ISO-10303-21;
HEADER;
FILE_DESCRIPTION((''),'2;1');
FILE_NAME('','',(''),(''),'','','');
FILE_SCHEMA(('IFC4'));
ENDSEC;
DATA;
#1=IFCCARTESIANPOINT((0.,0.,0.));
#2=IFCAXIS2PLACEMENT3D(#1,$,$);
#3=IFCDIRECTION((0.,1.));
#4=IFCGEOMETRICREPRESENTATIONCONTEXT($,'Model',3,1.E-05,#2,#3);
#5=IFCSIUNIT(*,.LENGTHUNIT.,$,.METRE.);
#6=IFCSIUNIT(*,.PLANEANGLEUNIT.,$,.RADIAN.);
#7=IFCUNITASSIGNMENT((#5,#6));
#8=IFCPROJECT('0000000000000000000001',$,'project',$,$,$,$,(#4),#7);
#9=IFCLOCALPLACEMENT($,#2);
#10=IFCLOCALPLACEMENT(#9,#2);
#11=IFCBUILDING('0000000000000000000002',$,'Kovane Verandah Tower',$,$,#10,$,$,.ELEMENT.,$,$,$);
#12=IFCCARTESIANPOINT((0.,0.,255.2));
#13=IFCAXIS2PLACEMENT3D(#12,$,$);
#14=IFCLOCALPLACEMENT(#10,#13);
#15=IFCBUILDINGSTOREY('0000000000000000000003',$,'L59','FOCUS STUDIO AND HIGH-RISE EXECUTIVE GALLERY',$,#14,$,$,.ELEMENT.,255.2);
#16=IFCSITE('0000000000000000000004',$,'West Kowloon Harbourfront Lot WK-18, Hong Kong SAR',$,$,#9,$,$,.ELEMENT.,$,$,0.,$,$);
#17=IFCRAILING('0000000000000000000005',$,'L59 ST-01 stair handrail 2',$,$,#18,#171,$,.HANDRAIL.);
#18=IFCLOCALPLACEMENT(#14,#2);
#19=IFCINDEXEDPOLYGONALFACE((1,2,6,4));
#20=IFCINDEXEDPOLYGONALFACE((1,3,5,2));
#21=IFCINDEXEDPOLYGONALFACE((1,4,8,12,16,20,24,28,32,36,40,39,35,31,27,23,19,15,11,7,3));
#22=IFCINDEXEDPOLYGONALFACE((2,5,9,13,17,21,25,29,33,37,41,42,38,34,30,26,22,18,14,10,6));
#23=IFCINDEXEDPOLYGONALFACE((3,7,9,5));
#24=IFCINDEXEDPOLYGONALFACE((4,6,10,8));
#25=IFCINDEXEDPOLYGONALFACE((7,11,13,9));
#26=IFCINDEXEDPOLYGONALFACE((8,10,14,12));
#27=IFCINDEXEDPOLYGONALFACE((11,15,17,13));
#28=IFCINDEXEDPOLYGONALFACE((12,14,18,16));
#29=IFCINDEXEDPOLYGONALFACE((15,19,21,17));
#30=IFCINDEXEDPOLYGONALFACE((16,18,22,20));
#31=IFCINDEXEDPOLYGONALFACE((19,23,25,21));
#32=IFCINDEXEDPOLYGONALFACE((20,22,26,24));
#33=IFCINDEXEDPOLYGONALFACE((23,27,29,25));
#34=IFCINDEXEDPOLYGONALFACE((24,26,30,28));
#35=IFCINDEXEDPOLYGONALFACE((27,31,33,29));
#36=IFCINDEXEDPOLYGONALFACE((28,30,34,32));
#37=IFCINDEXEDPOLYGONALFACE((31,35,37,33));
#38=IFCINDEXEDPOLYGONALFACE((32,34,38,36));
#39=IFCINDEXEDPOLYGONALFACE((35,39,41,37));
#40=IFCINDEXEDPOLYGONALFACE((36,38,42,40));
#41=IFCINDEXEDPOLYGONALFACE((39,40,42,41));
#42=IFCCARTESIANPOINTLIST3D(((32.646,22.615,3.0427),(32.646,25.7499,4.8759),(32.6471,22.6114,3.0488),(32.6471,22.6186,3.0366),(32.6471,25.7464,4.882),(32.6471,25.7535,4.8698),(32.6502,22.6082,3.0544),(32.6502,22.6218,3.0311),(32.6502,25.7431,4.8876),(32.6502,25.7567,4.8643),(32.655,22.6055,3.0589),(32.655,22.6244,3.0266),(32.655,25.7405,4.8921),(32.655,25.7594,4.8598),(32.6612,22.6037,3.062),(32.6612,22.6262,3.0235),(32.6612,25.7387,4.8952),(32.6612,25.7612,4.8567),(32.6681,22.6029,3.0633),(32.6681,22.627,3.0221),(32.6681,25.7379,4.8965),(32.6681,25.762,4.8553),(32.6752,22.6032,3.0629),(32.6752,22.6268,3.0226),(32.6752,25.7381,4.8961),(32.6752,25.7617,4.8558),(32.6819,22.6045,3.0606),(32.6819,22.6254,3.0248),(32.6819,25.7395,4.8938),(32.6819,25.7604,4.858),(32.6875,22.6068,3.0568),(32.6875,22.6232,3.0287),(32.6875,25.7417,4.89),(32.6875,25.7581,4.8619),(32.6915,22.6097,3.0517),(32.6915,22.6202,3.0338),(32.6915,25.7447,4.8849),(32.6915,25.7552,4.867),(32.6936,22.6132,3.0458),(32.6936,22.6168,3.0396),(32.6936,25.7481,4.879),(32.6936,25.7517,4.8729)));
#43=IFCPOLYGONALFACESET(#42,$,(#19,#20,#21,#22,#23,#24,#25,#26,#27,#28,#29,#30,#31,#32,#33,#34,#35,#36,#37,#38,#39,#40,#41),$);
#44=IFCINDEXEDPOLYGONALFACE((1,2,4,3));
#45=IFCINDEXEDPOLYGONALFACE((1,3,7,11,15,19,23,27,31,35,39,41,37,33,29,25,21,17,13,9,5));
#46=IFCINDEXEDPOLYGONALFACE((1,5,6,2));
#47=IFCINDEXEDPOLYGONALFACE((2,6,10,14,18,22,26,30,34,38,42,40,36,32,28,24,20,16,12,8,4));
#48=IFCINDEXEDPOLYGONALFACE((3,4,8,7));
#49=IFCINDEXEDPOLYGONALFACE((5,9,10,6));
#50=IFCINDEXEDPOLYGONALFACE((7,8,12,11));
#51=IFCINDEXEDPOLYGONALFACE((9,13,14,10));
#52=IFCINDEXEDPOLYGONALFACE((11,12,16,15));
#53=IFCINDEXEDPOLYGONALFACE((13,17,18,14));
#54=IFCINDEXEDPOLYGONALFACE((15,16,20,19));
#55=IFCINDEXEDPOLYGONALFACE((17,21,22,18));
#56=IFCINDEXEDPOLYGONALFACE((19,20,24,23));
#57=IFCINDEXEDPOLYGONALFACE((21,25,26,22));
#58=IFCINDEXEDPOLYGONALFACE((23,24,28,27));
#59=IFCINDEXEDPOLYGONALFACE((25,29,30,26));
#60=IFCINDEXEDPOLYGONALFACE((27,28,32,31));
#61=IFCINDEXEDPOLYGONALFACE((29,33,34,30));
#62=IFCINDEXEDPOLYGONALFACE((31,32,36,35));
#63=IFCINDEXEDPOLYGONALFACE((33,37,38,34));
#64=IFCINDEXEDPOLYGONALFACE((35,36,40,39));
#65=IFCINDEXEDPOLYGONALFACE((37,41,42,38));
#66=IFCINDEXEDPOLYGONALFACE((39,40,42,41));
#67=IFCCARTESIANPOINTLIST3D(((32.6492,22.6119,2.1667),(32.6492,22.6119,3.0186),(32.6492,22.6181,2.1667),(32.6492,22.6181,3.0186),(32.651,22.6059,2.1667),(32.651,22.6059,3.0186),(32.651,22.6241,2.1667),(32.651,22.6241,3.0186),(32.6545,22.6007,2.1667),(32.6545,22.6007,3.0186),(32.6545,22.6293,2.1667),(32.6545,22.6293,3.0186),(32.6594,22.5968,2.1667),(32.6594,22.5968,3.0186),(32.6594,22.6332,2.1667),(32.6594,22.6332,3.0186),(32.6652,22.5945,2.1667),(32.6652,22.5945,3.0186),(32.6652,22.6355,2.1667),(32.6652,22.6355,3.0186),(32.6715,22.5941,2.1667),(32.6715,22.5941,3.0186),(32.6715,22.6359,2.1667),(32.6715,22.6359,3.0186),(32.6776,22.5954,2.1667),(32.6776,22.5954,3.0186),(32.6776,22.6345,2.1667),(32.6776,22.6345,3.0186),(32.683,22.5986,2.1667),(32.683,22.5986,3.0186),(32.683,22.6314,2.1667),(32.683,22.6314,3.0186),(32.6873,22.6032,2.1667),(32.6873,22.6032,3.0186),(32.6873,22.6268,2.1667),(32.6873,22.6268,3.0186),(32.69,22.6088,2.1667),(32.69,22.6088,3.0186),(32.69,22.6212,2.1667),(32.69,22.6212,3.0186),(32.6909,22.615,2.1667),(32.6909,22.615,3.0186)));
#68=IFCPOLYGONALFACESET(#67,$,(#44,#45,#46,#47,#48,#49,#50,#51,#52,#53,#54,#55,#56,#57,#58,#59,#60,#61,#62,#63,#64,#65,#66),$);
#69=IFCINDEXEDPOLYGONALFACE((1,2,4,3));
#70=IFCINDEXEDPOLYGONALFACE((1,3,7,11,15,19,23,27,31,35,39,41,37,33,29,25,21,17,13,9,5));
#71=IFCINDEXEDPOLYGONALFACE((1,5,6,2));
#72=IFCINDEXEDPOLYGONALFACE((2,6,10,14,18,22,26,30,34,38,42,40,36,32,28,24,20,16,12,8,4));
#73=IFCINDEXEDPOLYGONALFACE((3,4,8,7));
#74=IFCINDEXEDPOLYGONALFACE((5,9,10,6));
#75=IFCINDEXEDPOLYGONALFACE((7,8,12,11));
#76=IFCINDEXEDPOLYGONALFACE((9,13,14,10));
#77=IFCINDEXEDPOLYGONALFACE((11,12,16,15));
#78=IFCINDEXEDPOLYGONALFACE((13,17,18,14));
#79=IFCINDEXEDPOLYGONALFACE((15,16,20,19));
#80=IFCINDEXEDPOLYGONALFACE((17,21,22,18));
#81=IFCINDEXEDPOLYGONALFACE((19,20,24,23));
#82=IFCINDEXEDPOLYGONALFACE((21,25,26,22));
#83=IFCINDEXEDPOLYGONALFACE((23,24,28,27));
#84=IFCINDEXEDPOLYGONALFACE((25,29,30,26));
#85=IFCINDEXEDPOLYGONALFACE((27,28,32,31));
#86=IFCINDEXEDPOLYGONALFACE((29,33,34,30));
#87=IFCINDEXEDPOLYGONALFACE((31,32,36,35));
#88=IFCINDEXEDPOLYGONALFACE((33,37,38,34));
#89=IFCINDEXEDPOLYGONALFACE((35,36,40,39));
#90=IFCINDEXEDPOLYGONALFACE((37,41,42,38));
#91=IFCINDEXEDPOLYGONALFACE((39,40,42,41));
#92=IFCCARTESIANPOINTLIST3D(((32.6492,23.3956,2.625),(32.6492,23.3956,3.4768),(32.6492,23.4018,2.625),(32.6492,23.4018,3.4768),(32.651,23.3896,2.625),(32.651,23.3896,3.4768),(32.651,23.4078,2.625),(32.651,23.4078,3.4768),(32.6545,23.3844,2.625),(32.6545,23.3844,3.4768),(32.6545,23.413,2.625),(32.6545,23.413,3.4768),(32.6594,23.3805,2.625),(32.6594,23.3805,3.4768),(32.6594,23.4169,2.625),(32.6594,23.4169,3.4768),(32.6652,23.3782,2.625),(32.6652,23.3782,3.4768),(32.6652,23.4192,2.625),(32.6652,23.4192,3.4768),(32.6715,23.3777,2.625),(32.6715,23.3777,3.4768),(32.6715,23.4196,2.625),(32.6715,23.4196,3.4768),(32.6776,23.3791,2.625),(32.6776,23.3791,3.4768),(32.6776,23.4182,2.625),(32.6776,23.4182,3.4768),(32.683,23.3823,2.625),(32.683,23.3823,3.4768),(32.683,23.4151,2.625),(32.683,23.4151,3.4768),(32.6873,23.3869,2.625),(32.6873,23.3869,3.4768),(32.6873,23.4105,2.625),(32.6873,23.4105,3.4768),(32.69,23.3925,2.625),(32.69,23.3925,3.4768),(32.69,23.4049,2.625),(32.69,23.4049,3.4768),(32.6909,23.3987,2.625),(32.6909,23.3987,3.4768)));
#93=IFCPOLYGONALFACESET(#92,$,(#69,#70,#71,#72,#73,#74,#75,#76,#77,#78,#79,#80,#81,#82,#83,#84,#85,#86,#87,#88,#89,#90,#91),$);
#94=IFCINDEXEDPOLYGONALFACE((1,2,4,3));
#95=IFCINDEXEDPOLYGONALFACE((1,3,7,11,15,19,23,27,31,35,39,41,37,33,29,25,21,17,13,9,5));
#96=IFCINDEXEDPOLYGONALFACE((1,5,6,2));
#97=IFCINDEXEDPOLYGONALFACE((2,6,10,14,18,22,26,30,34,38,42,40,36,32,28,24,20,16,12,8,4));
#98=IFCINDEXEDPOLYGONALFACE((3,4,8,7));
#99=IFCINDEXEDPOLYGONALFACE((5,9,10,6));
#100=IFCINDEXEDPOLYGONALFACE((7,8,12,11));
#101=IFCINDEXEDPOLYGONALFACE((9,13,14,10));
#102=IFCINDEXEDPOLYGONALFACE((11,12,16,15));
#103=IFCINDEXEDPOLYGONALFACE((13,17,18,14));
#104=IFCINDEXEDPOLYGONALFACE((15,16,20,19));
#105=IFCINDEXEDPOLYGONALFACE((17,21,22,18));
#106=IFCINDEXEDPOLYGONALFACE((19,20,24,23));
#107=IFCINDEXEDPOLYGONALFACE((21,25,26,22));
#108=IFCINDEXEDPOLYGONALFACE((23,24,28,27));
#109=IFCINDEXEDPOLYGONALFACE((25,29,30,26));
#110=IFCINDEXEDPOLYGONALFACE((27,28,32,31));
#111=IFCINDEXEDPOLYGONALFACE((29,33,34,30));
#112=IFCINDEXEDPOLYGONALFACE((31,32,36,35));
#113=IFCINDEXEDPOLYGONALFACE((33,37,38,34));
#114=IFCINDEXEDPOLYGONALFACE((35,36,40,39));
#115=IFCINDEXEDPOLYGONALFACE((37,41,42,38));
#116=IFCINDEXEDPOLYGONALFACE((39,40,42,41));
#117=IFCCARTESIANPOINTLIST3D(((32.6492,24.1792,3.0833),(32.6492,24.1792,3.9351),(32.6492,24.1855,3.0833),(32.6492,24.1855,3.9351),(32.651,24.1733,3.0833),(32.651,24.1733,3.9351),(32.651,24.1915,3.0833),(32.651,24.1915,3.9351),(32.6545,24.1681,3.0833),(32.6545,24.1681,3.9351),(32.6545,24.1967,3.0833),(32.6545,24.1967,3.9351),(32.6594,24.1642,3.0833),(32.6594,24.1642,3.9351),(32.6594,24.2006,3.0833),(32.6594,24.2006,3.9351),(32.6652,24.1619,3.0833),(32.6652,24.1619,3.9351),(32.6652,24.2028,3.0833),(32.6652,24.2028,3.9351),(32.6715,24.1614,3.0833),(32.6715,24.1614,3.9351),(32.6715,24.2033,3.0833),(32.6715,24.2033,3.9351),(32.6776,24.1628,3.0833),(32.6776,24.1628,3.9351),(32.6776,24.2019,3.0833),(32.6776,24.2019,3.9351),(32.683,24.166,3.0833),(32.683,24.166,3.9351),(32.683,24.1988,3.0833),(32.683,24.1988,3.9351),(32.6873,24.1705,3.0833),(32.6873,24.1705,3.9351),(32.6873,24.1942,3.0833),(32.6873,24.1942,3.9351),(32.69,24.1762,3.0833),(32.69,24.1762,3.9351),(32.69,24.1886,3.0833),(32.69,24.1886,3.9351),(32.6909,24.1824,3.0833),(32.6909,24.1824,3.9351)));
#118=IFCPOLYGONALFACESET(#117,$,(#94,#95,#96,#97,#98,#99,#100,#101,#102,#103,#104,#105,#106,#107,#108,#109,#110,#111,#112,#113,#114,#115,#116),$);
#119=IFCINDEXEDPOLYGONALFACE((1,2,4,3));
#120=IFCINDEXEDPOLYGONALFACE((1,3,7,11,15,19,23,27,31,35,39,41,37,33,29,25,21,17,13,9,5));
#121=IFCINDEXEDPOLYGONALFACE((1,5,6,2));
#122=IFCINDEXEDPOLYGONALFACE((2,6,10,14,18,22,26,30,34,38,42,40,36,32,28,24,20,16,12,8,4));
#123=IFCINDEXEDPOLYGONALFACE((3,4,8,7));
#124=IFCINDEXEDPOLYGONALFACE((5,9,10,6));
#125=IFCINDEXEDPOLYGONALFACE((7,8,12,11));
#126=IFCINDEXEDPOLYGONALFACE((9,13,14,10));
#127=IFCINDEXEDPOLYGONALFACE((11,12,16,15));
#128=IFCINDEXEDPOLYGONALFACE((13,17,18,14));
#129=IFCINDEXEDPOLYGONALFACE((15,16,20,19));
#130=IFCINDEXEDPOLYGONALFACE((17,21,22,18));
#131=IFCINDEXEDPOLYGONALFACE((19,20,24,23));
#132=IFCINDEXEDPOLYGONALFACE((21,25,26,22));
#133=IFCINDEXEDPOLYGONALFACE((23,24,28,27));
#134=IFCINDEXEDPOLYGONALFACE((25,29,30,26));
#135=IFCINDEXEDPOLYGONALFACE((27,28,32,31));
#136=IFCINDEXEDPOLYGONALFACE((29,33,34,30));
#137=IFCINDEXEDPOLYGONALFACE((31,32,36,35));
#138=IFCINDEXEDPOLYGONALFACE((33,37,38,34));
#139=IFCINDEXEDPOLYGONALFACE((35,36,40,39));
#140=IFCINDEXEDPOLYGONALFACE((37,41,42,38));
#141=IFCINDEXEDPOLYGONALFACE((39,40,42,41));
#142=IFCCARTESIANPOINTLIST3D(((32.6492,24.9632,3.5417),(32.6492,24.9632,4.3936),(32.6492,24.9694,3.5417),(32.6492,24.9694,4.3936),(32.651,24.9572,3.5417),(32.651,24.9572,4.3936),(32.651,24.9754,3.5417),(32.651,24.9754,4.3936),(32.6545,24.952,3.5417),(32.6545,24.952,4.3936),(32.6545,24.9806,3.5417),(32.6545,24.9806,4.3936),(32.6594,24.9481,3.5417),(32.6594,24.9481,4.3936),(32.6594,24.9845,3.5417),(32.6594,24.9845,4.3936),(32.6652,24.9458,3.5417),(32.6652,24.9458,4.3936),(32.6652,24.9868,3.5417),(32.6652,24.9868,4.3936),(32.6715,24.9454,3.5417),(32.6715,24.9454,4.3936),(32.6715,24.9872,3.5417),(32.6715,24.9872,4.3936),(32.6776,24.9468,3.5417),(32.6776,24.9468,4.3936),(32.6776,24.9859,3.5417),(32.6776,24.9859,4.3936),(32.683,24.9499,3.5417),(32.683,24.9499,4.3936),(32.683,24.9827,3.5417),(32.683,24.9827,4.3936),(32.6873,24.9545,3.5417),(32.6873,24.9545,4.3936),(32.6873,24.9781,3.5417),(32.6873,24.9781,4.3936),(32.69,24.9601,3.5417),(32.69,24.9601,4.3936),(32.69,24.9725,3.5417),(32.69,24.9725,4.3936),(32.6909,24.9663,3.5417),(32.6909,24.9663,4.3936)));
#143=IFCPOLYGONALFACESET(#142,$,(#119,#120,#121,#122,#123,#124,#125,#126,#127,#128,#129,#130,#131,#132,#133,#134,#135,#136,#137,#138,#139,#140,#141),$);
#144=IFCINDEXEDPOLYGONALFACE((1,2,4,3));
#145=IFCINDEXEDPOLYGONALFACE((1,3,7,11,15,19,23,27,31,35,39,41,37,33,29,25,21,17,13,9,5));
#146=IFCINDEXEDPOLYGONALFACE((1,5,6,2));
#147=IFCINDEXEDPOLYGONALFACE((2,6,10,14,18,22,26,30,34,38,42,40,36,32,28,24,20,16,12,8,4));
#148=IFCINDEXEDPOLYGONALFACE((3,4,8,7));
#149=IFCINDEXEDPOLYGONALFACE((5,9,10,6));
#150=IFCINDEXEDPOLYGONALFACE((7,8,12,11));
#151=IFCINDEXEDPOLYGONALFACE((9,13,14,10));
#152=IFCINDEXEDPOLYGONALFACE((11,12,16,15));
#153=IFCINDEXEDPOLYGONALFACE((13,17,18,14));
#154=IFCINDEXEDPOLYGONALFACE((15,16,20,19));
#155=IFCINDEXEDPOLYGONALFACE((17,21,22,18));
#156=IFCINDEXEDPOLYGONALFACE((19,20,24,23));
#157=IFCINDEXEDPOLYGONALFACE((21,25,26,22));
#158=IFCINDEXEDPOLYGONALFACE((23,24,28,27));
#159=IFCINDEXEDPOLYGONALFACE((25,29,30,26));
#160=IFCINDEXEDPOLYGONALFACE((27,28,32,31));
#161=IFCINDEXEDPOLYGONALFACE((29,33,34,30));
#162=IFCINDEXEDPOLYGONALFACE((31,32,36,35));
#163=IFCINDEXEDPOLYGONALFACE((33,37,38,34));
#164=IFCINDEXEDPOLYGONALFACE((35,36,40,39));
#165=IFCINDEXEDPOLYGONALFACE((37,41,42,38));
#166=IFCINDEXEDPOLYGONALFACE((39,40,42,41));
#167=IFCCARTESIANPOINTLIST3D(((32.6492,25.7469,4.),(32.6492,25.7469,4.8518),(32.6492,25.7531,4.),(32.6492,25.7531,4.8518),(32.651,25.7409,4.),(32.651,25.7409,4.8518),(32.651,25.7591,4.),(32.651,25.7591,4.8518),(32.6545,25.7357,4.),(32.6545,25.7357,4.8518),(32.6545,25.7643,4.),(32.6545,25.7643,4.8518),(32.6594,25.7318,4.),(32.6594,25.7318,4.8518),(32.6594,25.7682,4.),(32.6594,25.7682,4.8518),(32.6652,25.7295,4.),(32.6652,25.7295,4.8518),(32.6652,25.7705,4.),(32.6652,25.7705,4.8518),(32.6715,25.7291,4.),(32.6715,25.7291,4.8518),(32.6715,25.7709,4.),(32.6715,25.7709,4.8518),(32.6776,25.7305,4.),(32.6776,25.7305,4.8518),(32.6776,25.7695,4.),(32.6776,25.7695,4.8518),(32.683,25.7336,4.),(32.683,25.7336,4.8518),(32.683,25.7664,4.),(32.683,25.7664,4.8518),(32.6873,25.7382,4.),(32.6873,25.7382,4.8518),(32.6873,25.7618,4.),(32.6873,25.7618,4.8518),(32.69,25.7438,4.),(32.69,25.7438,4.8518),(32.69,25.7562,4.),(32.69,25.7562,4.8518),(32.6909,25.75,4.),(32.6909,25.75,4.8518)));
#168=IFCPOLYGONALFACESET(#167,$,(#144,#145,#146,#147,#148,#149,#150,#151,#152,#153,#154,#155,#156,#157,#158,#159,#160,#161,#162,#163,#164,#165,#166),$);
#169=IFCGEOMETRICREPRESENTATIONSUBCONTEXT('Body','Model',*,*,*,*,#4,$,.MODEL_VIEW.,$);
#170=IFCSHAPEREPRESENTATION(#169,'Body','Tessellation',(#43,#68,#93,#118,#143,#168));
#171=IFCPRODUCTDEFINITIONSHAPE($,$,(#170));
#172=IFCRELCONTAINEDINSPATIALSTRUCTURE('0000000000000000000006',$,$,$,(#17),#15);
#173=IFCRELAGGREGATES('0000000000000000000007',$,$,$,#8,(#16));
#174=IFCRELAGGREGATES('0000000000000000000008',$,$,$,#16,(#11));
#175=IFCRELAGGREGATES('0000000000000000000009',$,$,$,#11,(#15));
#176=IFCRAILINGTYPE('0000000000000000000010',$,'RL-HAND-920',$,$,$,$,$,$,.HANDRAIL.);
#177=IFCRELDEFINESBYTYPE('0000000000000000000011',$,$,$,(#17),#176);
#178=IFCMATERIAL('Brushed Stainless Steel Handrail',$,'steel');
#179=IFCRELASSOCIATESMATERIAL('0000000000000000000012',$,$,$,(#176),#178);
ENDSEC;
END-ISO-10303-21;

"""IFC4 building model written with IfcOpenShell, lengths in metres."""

from ifc_helpers import new_model, si_unit, direction, frame, origin, origin_2d, place, context, subcontext, project, spatial, circle, extrude, material, type_object, element, save


model = new_model("IFC4")

# Units and contexts
model_context = context("Model", 3, precision=1e-05, world=origin(), true_north=direction((0.0, 1.0)))
body_context = subcontext(model_context, "Body", "Model", "MODEL_VIEW")
ifc_project = project(units=[si_unit("LENGTHUNIT", "METRE"), si_unit("PLANEANGLEUNIT", "RADIAN")], contexts=[model_context])

# Site, building, storey
site_placement = place(None, origin())
site = spatial("IfcSite", under=ifc_project, at=site_placement, Name="West Kowloon Harbourfront Lot WK-18, Hong Kong SAR", CompositionType="ELEMENT", RefElevation=0.0)
building_placement = place(site_placement, origin())
building = spatial("IfcBuilding", under=site, at=building_placement, Name="Kovane Verandah Tower", CompositionType="ELEMENT")
storey_placement = place(building_placement, frame((0.0, 0.0, 255.2)))
storey = spatial("IfcBuildingStorey", under=building, at=storey_placement, Name="L59", Description="FOCUS STUDIO AND HIGH-RISE EXECUTIVE GALLERY", CompositionType="ELEMENT", Elevation=255.2)

# Railing
ifc_material_1 = material(Name="Brushed Stainless Steel Handrail", Category="steel")
railing_type_1 = type_object("IfcRailingType", Name="RL-HAND-920", PredefinedType="HANDRAIL", material=ifc_material_1)
railing_1_placement = place(storey_placement, frame((32.6699, 22.615, 2.1667)))
element("IfcRailing", 1, at=railing_1_placement, inside=storey, type_object=railing_type_1, Name="L59 ST-01 stair handrail 2", PredefinedType="HANDRAIL", context=body_context, shape_type="SweptSolid", body=[
    extrude(circle(Radius=0.0239, at=origin_2d()), frame((0.0, 0.0, 0.876), z_axis=(0.0, 0.86324, 0.504794), x_axis=(-1.0, 0.0, 0.0)), (0.0, 0.0, 1.0), 3.6316),
    extrude(circle(Radius=0.021, at=origin_2d()), origin(), (0.0, 0.0, 1.0), 0.8518),
    extrude(circle(Radius=0.021, at=origin_2d()), frame((0.0, 0.7837, 0.4583)), (0.0, 0.0, 1.0), 0.8518),
    extrude(circle(Radius=0.021, at=origin_2d()), frame((0.0, 1.5674, 0.9165)), (0.0, 0.0, 1.0), 0.8518),
    extrude(circle(Radius=0.021, at=origin_2d()), frame((0.0, 2.3513, 1.375)), (0.0, 0.0, 1.0), 0.8518),
    extrude(circle(Radius=0.021, at=origin_2d()), frame((0.0, 3.135, 1.8333)), (0.0, 0.0, 1.0), 0.8518),
])

save(model, "model.ifc")
